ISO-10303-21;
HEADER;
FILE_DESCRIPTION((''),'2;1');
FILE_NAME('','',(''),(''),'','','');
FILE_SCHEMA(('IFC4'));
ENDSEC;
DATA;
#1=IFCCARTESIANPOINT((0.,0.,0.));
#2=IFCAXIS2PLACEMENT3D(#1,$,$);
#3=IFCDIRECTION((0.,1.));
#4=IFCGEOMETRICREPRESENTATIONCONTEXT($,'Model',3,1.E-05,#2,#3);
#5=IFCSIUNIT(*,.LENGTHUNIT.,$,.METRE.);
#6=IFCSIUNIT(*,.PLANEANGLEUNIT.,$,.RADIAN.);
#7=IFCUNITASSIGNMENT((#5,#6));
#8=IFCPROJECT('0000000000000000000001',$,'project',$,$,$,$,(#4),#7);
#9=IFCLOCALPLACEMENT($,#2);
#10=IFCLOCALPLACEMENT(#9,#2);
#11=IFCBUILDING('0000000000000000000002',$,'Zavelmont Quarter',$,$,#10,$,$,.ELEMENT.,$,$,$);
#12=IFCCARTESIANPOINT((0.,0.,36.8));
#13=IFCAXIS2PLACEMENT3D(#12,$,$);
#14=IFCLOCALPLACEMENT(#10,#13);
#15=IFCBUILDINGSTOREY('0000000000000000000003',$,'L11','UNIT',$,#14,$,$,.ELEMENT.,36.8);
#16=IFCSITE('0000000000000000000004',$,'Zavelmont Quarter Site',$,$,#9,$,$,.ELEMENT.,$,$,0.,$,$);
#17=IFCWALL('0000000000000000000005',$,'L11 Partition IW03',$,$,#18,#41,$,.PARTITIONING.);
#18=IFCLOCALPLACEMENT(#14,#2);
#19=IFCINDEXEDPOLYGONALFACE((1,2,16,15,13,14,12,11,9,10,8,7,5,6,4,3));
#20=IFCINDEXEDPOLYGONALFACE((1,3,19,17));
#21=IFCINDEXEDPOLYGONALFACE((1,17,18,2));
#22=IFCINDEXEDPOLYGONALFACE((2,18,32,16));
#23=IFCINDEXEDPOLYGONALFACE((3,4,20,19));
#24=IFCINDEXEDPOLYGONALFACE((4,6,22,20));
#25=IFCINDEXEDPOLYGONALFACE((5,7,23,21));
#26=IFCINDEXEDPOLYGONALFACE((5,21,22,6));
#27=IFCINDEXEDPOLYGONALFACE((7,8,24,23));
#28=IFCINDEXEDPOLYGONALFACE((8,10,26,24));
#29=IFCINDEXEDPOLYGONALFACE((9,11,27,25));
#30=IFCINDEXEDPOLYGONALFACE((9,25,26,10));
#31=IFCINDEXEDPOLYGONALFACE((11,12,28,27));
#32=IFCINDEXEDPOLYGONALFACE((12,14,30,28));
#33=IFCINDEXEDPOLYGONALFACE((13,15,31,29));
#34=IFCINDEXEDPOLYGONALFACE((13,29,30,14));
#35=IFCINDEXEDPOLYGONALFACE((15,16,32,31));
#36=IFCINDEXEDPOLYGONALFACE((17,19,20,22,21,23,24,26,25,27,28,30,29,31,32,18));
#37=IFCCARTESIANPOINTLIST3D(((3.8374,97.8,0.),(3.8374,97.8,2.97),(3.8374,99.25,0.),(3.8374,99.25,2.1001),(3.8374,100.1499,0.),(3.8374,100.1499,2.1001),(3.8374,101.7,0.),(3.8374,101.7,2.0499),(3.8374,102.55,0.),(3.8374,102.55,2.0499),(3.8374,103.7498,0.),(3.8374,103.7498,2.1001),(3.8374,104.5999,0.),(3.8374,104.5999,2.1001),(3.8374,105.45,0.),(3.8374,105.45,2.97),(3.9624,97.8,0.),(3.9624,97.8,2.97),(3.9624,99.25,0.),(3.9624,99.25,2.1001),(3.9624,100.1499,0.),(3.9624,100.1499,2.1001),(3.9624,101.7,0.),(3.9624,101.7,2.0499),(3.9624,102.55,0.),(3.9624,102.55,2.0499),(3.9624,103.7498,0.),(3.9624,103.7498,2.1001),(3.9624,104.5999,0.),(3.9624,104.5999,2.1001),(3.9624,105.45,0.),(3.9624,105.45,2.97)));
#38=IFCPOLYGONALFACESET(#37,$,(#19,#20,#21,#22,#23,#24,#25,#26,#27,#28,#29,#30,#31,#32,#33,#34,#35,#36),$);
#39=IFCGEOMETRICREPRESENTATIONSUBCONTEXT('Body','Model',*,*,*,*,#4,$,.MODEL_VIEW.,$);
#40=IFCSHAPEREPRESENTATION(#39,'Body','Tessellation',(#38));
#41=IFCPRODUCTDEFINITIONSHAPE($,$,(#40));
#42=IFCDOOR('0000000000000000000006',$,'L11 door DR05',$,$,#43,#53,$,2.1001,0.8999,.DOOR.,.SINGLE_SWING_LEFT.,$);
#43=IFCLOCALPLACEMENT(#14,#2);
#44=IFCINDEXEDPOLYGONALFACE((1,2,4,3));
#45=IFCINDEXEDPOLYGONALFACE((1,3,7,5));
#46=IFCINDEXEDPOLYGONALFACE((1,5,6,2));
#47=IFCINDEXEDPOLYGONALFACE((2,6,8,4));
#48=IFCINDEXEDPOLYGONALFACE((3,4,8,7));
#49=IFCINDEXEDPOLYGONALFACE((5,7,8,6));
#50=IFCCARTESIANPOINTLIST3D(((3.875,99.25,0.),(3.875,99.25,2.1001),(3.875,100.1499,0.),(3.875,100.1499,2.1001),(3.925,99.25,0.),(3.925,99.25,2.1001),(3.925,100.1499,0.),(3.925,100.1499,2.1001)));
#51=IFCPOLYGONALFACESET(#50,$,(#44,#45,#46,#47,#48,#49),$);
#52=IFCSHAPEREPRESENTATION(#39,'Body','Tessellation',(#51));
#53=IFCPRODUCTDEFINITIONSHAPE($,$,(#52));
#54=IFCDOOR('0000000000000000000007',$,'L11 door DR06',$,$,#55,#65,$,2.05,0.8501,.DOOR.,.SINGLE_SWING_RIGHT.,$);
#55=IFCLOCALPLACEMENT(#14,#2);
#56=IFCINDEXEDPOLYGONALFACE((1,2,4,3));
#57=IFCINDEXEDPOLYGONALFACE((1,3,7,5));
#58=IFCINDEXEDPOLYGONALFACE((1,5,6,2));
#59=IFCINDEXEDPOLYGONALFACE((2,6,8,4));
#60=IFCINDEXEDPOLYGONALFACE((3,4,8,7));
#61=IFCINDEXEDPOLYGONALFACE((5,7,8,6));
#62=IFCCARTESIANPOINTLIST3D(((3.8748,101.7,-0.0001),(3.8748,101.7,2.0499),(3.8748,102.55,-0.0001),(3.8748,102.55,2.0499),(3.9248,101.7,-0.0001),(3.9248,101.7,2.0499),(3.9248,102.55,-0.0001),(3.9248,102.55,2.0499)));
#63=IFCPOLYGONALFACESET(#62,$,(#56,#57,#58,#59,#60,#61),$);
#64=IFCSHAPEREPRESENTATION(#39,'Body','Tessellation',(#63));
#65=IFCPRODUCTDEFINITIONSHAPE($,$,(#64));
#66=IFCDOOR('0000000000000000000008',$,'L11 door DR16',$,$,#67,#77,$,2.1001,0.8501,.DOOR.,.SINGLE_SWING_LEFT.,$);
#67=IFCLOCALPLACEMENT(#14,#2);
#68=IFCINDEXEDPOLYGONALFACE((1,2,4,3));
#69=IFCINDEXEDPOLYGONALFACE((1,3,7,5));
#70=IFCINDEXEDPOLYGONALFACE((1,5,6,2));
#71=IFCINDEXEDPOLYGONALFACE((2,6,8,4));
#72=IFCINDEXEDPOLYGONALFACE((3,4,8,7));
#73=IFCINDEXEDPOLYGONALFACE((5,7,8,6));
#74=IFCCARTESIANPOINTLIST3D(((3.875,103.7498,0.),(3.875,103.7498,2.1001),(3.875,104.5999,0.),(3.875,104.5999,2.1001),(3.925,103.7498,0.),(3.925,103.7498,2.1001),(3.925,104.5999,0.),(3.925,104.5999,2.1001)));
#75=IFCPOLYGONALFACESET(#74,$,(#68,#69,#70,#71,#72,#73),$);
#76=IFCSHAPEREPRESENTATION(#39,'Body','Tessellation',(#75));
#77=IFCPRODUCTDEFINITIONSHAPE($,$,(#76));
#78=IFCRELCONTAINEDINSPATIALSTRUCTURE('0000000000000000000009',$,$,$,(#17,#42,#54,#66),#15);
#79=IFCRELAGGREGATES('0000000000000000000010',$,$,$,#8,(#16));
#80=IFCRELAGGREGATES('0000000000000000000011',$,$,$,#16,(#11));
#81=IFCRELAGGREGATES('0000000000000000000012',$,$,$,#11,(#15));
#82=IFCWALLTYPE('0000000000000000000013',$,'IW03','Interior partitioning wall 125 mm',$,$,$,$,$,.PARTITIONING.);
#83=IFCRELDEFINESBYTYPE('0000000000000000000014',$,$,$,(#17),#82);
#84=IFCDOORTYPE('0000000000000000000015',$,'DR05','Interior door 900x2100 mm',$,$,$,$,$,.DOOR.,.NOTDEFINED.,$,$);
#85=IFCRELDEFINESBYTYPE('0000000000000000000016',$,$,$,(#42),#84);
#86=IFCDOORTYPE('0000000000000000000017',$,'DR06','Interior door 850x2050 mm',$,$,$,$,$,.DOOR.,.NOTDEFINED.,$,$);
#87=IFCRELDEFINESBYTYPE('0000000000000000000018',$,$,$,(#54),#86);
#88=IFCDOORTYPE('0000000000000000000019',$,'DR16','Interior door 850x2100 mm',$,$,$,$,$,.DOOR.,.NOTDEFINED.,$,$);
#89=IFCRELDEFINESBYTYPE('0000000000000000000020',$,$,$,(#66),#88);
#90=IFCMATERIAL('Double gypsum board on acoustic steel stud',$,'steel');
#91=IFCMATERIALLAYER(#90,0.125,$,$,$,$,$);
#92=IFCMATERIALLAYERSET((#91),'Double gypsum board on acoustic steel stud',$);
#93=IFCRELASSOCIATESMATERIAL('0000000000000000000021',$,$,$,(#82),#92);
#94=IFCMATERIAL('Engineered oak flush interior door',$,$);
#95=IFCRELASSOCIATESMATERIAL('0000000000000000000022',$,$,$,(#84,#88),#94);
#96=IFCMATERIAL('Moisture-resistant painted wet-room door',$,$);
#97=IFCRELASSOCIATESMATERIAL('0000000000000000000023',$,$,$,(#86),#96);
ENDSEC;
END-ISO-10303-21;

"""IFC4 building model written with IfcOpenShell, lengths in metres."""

from ifc_helpers import new_model, si_unit, direction, frame, frame_2d, origin, origin_with_axes, place, context, subcontext, project, spatial, rectangle, extrude, material, layer, layer_set, type_object, element, fill, save


model = new_model("IFC4")

# Units and contexts
model_context = context("Model", 3, precision=1e-05, world=origin(), true_north=direction((0.0, 1.0)))
body_context = subcontext(model_context, "Body", "Model", "MODEL_VIEW")
ifc_project = project(units=[si_unit("LENGTHUNIT", "METRE"), si_unit("PLANEANGLEUNIT", "RADIAN")], contexts=[model_context])

# Site, building, storey
site_placement = place(None, origin())
site = spatial("IfcSite", under=ifc_project, at=site_placement, Name="Zavelmont Quarter Site", CompositionType="ELEMENT", RefElevation=0.0)
building_placement = place(site_placement, origin())
building = spatial("IfcBuilding", under=site, at=building_placement, Name="Zavelmont Quarter", CompositionType="ELEMENT")
storey_placement = place(building_placement, frame((0.0, 0.0, 36.8)))
storey = spatial("IfcBuildingStorey", under=building, at=storey_placement, Name="L11", Description="UNIT", CompositionType="ELEMENT", Elevation=36.8)

# Wall, openings, doors
ifc_material_1 = material(Name="Double gypsum board on acoustic steel stud", Category="steel")
ifc_layer_1 = layer(ifc_material_1, 0.125)
ifc_layer_set_1 = layer_set([ifc_layer_1], Name="Double gypsum board on acoustic steel stud")
wall_type_1 = type_object("IfcWallType", Name="IW03", Description="Interior partitioning wall 125 mm", PredefinedType="PARTITIONING", material=ifc_layer_set_1)
wall_1_placement = place(storey_placement, frame((3.8999, 105.45, 0.0), z_axis=(0.0, 0.0, 1.0), x_axis=(0.0, -1.0, 0.0)))
wall_1 = element("IfcWall", 1, at=wall_1_placement, inside=storey, type_object=wall_type_1, Name="L11 Partition IW03", PredefinedType="PARTITIONING", context=body_context, shape_type="SweptSolid", body=[
    extrude(rectangle(XDim=7.6499, YDim=0.125, at=frame_2d((3.825, 0.0))), origin(), (0.0, 0.0, 1.0), 2.97),
])
opening_1_placement = place(wall_1_placement, frame((0.8501, 0.0, 0.0)))
opening_1 = element("IfcOpeningElement", 2, at=opening_1_placement, cuts=wall_1, PredefinedType="OPENING", context=body_context, shape_type="SweptSolid", body=[
    extrude(rectangle(XDim=0.8501, YDim=2.1001, at=frame_2d((0.425, 1.05))), frame((0.0, 0.0745, 0.0), z_axis=(0.0, -1.0, 0.0), x_axis=(1.0, 0.0, 0.0)), (0.0, 0.0, 1.0), 0.1489),
])
opening_2_placement = place(wall_1_placement, frame((2.8999, 0.0, 0.0)))
opening_2 = element("IfcOpeningElement", 3, at=opening_2_placement, cuts=wall_1, PredefinedType="OPENING", context=body_context, shape_type="SweptSolid", body=[
    extrude(rectangle(XDim=0.8501, YDim=2.05, at=frame_2d((0.425, 1.0249))), frame((0.0, 0.0745, 0.0), z_axis=(0.0, -1.0, 0.0), x_axis=(1.0, 0.0, 0.0)), (0.0, 0.0, 1.0), 0.1489),
])
opening_3_placement = place(wall_1_placement, frame((5.3, 0.0, 0.0)))
opening_3 = element("IfcOpeningElement", 4, at=opening_3_placement, cuts=wall_1, PredefinedType="OPENING", context=body_context, shape_type="SweptSolid", body=[
    extrude(rectangle(XDim=0.8999, YDim=2.1001, at=frame_2d((0.45, 1.05))), frame((0.0, 0.0745, 0.0), z_axis=(0.0, -1.0, 0.0), x_axis=(1.0, 0.0, 0.0)), (0.0, 0.0, 1.0), 0.1489),
])
ifc_material_2 = material(Name="Engineered oak flush interior door")
door_type_1 = type_object("IfcDoorType", Name="DR05", Description="Interior door 900x2100 mm", OperationType="NOTDEFINED", PredefinedType="DOOR", material=ifc_material_2)
door_1_placement = place(opening_3_placement, frame((0.8999, 0.0, 0.0), z_axis=(0.0, 0.0, 1.0), x_axis=(-1.0, 0.0, 0.0)))
door_1 = element("IfcDoor", 5, at=door_1_placement, inside=storey, type_object=door_type_1, Name="L11 door DR05", OperationType="SINGLE_SWING_LEFT", OverallHeight=2.1001, OverallWidth=0.8999, PredefinedType="DOOR", context=body_context, shape_type="SweptSolid", body=[
    extrude(rectangle(XDim=0.8999, YDim=2.1001, at=frame_2d((0.45, 1.05))), frame((0.0, 0.0249, 0.0), z_axis=(0.0, -1.0, 0.0), x_axis=(1.0, 0.0, 0.0)), (0.0, 0.0, 1.0), 0.05),
])
fill(opening_3, door_1)
ifc_material_3 = material(Name="Moisture-resistant painted wet-room door")
door_type_2 = type_object("IfcDoorType", Name="DR06", Description="Interior door 850x2050 mm", OperationType="NOTDEFINED", PredefinedType="DOOR", material=ifc_material_3)
door_2_placement = place(opening_2_placement, origin_with_axes())
door_2 = element("IfcDoor", 6, at=door_2_placement, inside=storey, type_object=door_type_2, Name="L11 door DR06", OperationType="SINGLE_SWING_RIGHT", OverallHeight=2.05, OverallWidth=0.8501, PredefinedType="DOOR", context=body_context, shape_type="SweptSolid", body=[
    extrude(rectangle(XDim=0.8501, YDim=2.05, at=frame_2d((0.425, 1.0249))), frame((0.0, 0.0249, 0.0), z_axis=(0.0, -1.0, 0.0), x_axis=(1.0, 0.0, 0.0)), (0.0, 0.0, 1.0), 0.05),
])
fill(opening_2, door_2)
door_type_3 = type_object("IfcDoorType", Name="DR16", Description="Interior door 850x2100 mm", OperationType="NOTDEFINED", PredefinedType="DOOR", material=ifc_material_2)
door_3_placement = place(opening_1_placement, frame((0.8501, 0.0, 0.0), z_axis=(0.0, 0.0, 1.0), x_axis=(-1.0, 0.0, 0.0)))
door_3 = element("IfcDoor", 7, at=door_3_placement, inside=storey, type_object=door_type_3, Name="L11 door DR16", OperationType="SINGLE_SWING_LEFT", OverallHeight=2.1001, OverallWidth=0.8501, PredefinedType="DOOR", context=body_context, shape_type="SweptSolid", body=[
    extrude(rectangle(XDim=0.8501, YDim=2.1001, at=frame_2d((0.425, 1.05))), frame((0.0, 0.0249, 0.0), z_axis=(0.0, -1.0, 0.0), x_axis=(1.0, 0.0, 0.0)), (0.0, 0.0, 1.0), 0.05),
])
fill(opening_1, door_3)

save(model, "model.ifc")
